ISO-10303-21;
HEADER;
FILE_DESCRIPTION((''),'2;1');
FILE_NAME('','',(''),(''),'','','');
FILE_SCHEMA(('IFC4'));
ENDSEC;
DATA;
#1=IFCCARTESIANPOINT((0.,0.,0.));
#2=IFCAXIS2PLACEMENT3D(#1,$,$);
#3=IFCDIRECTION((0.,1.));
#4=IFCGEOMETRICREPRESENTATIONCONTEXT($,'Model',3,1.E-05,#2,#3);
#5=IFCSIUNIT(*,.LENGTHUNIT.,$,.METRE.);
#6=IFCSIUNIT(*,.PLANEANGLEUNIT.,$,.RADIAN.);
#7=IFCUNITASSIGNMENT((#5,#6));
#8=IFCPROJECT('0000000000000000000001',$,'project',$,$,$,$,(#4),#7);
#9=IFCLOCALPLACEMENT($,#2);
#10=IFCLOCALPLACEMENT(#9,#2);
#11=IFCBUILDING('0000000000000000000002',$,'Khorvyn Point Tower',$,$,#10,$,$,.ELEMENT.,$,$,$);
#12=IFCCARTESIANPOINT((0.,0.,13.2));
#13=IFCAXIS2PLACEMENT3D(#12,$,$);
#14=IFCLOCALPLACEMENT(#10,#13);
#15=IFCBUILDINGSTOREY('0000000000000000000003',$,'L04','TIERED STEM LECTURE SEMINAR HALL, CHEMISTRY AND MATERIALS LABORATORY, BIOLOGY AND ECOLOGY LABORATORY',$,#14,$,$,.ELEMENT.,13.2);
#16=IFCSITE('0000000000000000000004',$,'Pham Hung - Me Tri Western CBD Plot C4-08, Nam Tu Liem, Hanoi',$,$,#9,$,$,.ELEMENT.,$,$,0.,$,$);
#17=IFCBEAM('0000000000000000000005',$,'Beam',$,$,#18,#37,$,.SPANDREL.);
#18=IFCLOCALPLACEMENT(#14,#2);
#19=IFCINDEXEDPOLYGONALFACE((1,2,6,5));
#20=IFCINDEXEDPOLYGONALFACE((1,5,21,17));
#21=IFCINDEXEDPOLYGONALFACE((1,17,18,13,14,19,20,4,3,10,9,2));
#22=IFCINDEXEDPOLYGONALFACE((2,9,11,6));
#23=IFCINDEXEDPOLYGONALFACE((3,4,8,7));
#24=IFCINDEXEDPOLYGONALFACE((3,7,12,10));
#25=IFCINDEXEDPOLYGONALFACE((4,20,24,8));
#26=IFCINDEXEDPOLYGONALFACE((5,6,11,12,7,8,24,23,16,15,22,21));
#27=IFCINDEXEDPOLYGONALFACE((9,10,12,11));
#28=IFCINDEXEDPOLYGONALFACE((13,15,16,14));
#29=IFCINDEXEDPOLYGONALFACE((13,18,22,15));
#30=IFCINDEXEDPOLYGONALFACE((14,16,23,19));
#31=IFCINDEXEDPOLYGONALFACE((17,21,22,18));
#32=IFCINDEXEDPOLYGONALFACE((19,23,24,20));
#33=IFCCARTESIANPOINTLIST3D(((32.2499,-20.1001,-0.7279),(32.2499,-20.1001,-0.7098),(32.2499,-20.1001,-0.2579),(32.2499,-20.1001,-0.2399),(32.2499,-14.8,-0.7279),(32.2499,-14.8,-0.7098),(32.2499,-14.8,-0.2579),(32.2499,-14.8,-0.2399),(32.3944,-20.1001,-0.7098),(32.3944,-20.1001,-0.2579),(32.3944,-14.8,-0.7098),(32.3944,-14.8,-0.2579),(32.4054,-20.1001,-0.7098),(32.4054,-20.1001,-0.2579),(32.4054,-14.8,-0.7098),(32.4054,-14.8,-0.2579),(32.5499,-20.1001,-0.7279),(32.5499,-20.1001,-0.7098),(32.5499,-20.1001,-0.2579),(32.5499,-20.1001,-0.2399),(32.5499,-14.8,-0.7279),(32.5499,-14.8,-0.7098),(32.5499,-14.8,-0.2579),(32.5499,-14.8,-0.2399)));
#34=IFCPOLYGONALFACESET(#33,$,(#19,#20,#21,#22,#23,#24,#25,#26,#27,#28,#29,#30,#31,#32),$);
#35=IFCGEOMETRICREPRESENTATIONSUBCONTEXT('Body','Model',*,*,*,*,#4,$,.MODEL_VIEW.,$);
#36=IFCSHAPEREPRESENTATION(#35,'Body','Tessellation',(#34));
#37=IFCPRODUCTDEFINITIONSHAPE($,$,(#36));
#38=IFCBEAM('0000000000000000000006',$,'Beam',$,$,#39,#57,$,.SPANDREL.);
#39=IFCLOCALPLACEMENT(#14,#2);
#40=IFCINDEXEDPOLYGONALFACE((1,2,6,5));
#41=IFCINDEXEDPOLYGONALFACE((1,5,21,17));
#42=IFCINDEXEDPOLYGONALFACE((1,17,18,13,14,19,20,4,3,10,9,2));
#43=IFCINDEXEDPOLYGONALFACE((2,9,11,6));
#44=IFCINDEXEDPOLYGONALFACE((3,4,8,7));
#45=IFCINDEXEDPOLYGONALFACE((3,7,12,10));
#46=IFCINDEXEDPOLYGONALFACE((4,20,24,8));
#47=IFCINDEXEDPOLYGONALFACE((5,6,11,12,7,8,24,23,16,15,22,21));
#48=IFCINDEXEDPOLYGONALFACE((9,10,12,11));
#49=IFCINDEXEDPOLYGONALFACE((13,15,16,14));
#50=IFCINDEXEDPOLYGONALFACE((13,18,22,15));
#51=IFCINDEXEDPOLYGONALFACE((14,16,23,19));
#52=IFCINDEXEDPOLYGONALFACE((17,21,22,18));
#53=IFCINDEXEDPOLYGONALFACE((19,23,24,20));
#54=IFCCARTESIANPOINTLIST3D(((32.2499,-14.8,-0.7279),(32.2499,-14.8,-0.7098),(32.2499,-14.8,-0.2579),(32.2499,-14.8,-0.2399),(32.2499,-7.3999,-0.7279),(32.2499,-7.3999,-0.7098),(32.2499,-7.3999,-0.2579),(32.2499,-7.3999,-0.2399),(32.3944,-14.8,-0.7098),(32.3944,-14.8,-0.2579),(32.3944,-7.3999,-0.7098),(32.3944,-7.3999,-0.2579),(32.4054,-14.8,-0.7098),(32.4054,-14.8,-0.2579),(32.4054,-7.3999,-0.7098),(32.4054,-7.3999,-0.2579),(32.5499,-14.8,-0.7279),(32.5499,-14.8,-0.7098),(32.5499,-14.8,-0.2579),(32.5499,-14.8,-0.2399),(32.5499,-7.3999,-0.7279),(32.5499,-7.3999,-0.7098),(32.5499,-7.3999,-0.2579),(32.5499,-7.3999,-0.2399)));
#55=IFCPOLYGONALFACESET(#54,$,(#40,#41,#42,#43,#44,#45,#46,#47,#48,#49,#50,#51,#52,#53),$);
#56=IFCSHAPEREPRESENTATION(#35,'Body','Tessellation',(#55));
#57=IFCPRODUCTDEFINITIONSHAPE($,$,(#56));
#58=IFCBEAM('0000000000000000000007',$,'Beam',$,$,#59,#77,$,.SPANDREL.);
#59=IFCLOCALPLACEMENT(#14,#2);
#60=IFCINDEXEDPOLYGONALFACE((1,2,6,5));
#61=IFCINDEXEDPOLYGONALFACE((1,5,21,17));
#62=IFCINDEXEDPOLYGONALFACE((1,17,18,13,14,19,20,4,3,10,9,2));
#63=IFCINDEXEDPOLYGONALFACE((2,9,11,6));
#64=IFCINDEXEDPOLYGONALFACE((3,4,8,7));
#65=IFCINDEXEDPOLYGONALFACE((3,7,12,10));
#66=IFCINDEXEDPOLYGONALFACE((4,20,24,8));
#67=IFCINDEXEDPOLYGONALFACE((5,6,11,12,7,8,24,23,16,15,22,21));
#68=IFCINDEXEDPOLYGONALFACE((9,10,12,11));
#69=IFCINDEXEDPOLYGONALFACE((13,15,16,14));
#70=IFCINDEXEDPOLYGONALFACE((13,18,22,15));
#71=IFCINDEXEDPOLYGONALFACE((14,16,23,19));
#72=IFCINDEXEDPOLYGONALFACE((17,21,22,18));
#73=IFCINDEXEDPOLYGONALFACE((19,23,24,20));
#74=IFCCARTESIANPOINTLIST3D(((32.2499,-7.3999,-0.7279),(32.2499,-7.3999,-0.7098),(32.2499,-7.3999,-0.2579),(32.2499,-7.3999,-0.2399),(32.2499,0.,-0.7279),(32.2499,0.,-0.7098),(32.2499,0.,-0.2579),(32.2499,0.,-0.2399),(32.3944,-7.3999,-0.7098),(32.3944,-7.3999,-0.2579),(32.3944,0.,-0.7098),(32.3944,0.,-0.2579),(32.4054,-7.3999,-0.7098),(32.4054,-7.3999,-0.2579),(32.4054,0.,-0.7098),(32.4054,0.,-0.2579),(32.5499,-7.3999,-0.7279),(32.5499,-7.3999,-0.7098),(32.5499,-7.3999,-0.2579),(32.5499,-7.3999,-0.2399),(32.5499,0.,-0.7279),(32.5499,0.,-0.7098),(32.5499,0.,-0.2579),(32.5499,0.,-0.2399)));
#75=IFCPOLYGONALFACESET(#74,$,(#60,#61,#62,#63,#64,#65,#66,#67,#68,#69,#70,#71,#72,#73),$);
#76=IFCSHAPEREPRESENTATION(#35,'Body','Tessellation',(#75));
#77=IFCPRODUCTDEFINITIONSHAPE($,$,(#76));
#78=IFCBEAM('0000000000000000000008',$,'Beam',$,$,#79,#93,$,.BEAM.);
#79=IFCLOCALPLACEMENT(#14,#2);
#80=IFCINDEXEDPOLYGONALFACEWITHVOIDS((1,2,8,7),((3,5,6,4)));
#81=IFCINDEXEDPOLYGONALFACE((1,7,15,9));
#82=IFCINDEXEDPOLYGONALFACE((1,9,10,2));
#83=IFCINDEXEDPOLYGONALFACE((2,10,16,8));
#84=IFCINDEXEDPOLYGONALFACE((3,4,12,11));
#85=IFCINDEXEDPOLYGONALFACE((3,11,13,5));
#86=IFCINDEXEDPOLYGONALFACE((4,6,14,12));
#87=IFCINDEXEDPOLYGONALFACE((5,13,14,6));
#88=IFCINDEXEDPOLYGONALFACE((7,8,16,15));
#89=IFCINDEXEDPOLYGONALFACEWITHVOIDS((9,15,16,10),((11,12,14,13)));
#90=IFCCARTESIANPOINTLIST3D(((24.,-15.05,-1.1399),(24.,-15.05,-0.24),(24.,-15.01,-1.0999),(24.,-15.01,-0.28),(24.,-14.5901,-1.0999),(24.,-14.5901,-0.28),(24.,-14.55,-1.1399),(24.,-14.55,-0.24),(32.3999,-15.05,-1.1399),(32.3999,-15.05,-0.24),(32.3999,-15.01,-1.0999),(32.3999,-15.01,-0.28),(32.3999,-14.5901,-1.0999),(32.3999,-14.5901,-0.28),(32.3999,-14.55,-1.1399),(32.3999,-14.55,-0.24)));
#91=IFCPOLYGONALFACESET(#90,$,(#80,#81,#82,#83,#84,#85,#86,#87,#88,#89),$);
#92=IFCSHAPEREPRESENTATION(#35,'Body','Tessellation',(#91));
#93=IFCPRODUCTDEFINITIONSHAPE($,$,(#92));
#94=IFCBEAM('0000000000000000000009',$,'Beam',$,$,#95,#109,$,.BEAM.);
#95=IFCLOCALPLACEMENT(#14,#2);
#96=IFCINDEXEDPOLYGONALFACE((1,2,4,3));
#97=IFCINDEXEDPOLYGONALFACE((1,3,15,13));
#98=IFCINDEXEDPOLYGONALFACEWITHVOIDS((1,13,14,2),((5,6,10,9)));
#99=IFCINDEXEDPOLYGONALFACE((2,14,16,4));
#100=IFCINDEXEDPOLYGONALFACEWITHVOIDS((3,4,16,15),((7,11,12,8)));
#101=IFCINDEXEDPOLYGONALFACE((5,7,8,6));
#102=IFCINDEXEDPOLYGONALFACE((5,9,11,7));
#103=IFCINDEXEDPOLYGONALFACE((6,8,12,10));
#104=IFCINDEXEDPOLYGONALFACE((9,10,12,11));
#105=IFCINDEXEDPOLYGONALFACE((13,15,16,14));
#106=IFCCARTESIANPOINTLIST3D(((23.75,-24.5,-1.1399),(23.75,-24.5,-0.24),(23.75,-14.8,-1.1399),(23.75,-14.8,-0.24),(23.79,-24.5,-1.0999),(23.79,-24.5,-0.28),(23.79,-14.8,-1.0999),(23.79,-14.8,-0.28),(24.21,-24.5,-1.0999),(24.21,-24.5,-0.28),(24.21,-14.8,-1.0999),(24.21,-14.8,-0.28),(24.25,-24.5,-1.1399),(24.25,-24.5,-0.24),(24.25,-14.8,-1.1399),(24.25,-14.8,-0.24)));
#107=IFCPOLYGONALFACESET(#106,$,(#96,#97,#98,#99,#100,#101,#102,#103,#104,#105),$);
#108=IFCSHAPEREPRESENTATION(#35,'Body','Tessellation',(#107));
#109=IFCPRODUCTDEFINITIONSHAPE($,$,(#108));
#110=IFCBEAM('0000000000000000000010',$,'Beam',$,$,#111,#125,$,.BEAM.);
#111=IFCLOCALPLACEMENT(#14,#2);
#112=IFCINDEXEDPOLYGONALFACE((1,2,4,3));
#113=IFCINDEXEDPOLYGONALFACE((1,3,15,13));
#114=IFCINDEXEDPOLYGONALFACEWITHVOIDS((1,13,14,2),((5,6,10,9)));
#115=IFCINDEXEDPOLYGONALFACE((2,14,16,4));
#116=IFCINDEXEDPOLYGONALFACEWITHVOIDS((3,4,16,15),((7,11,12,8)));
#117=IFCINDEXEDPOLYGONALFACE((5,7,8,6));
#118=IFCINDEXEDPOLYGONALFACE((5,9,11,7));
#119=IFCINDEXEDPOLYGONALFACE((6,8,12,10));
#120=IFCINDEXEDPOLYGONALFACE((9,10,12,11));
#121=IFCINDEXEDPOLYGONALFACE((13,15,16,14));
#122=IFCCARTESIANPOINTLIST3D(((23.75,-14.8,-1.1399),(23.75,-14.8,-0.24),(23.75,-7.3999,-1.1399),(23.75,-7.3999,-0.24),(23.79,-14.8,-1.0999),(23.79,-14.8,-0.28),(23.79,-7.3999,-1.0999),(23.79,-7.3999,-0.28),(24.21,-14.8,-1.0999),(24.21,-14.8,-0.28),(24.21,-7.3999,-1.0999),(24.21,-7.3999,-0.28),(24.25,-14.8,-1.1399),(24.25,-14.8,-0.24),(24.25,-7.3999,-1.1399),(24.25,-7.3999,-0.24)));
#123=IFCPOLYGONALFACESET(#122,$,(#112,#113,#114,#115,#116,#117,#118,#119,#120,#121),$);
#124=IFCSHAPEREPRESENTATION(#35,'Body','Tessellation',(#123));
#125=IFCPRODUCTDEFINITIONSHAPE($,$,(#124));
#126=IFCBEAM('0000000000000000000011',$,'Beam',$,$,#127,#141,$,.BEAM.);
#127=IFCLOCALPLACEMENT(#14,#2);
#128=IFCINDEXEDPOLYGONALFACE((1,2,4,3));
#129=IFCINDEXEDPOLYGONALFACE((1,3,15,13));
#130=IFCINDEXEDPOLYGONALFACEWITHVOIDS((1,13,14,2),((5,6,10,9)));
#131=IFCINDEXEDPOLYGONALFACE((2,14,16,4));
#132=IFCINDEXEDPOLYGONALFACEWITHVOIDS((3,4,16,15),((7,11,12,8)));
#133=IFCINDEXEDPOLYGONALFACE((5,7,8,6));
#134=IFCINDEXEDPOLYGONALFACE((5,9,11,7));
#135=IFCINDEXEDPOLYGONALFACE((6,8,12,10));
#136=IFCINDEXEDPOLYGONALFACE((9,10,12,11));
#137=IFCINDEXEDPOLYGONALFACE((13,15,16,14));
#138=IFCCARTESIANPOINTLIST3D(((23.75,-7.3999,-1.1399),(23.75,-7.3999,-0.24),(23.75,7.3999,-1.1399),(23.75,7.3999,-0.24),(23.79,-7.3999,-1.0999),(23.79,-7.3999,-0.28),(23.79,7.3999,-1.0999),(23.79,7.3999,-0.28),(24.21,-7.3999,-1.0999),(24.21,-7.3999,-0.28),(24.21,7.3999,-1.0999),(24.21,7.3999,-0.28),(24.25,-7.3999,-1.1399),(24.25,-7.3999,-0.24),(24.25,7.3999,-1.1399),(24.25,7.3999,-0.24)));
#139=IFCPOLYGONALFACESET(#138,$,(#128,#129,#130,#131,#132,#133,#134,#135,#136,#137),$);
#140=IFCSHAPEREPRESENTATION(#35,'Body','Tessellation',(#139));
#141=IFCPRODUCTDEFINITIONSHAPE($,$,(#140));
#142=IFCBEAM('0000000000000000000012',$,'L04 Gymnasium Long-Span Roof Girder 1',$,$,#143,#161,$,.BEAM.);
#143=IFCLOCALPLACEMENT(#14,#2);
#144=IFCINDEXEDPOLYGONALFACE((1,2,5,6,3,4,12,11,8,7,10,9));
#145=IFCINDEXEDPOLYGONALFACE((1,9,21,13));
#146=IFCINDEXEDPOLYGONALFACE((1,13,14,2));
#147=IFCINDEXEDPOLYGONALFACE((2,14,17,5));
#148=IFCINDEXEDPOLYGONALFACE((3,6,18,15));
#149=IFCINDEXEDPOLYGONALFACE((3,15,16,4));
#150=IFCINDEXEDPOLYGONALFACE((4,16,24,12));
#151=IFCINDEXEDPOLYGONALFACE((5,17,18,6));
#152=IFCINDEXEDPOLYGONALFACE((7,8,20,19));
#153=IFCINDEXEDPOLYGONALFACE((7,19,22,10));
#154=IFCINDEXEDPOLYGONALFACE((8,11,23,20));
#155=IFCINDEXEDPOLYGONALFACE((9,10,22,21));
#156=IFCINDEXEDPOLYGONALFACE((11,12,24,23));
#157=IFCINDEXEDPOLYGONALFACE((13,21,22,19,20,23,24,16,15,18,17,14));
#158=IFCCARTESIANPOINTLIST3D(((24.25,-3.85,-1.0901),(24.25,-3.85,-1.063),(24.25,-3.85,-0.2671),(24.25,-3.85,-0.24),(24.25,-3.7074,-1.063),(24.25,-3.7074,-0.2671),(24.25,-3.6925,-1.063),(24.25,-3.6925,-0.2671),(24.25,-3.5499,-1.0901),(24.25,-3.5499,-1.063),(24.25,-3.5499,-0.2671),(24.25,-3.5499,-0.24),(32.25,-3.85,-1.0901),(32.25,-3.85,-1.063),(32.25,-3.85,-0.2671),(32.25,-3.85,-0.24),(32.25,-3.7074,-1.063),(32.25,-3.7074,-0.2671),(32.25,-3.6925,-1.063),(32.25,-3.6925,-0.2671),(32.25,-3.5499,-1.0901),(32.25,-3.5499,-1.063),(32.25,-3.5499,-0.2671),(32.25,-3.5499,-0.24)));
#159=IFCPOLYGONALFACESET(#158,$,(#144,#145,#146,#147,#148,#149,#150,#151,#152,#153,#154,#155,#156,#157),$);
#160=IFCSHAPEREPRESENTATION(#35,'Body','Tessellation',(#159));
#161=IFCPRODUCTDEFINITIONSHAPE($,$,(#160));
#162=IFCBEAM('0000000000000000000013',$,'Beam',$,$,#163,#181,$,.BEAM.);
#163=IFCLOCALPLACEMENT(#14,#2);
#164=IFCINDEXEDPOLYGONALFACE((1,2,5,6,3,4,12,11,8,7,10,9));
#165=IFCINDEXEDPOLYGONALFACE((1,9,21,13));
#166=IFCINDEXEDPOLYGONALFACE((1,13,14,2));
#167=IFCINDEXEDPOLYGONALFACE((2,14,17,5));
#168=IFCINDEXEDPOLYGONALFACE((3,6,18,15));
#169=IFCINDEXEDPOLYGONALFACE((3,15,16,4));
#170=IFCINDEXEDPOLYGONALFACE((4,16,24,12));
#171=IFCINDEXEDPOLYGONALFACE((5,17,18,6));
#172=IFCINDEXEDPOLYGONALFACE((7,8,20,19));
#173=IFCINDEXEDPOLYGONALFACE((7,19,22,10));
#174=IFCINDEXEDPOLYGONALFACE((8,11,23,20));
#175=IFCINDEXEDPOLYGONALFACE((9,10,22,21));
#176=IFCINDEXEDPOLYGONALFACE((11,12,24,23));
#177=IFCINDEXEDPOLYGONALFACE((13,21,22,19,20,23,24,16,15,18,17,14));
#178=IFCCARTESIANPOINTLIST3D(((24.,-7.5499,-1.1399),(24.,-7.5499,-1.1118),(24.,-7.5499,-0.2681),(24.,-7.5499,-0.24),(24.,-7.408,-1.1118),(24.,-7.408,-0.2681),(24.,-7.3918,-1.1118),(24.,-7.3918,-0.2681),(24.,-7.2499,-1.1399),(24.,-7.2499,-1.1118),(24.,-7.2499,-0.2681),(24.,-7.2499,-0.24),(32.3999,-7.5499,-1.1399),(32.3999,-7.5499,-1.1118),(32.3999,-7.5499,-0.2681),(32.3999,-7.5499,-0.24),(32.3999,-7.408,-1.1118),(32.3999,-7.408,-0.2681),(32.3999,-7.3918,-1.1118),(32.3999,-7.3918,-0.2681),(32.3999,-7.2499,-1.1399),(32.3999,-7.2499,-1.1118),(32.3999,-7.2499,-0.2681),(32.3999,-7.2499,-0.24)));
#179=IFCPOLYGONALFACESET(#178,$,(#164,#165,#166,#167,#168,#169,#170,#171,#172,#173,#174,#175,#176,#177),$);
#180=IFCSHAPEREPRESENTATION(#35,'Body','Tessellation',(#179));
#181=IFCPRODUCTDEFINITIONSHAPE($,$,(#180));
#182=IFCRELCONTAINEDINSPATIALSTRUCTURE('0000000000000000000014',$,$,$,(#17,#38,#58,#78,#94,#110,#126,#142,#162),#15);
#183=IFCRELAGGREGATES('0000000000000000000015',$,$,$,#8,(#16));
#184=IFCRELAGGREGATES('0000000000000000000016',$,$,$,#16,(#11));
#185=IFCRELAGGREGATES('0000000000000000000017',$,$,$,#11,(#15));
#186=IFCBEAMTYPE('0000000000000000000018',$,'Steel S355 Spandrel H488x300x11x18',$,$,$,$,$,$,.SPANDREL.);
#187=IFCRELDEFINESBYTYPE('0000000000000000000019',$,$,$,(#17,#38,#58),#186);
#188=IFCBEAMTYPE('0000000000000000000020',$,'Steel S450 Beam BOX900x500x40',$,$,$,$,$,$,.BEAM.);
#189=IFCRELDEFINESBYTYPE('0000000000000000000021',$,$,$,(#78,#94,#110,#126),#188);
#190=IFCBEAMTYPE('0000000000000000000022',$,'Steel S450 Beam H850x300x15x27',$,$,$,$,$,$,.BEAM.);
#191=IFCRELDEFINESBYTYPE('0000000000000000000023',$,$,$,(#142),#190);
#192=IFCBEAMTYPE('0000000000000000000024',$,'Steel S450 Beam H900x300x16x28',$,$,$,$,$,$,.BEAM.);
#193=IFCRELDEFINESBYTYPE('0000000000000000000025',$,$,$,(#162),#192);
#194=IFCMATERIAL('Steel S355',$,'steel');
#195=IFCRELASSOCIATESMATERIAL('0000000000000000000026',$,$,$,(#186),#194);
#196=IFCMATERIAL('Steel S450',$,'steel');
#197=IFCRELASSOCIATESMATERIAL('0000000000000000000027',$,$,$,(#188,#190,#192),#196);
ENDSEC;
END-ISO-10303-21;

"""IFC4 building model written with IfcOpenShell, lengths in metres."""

from ifc_helpers import new_model, si_unit, direction, frame, origin, origin_2d, place, context, subcontext, project, spatial, hollow_rectangle, i_section, extrude, material, material_profile, profile_set, type_object, element, save


model = new_model("IFC4")

# Units and contexts
model_context = context("Model", 3, precision=1e-05, world=origin(), true_north=direction((0.0, 1.0)))
body_context = subcontext(model_context, "Body", "Model", "MODEL_VIEW")
ifc_project = project(units=[si_unit("LENGTHUNIT", "METRE"), si_unit("PLANEANGLEUNIT", "RADIAN")], contexts=[model_context])

# Site, building, storey
site_placement = place(None, origin())
site = spatial("IfcSite", under=ifc_project, at=site_placement, Name="Pham Hung - Me Tri Western CBD Plot C4-08, Nam Tu Liem, Hanoi", CompositionType="ELEMENT", RefElevation=0.0)
building_placement = place(site_placement, origin())
building = spatial("IfcBuilding", under=site, at=building_placement, Name="Khorvyn Point Tower", CompositionType="ELEMENT")
storey_placement = place(building_placement, frame((0.0, 0.0, 13.2)))
storey = spatial("IfcBuildingStorey", under=building, at=storey_placement, Name="L04", Description="TIERED STEM LECTURE SEMINAR HALL, CHEMISTRY AND MATERIALS LABORATORY, BIOLOGY AND ECOLOGY LABORATORY", CompositionType="ELEMENT", Elevation=13.2)

# Beams
ifc_material_1 = material(Name="Steel S355", Category="steel")
ifc_material_profile_1 = material_profile(ifc_material_1, i_section(OverallWidth=0.3, OverallDepth=0.488, WebThickness=0.011, FlangeThickness=0.0181, at=origin_2d()))
ifc_profile_set_1 = profile_set([ifc_material_profile_1], Name="Steel S355 H488x300x11x18")
beam_type_1 = type_object("IfcBeamType", Name="Steel S355 Spandrel H488x300x11x18", PredefinedType="SPANDREL", material=ifc_profile_set_1)
beam_1_placement = place(storey_placement, frame((32.3999, -20.1001, -0.4839), z_axis=(0.0, 1.0, 0.0), x_axis=(-1.0, 0.0, 0.0)))
element("IfcBeam", 1, at=beam_1_placement, inside=storey, type_object=beam_type_1, Name="Beam", PredefinedType="SPANDREL", context=body_context, shape_type="SweptSolid", body=[
    extrude(i_section(OverallWidth=0.3, OverallDepth=0.488, WebThickness=0.011, FlangeThickness=0.0181, at=origin_2d()), origin(), (0.0, 0.0, 1.0), 5.3),
])
beam_2_placement = place(storey_placement, frame((32.3999, -14.8, -0.4839), z_axis=(0.0, 1.0, 0.0), x_axis=(-1.0, 0.0, 0.0)))
element("IfcBeam", 2, at=beam_2_placement, inside=storey, type_object=beam_type_1, Name="Beam", PredefinedType="SPANDREL", context=body_context, shape_type="SweptSolid", body=[
    extrude(i_section(OverallWidth=0.3, OverallDepth=0.488, WebThickness=0.011, FlangeThickness=0.0181, at=origin_2d()), origin(), (0.0, 0.0, 1.0), 7.4001),
])
beam_3_placement = place(storey_placement, frame((32.3999, -7.3999, -0.4839), z_axis=(0.0, 1.0, 0.0), x_axis=(-1.0, 0.0, 0.0)))
element("IfcBeam", 3, at=beam_3_placement, inside=storey, type_object=beam_type_1, Name="Beam", PredefinedType="SPANDREL", context=body_context, shape_type="SweptSolid", body=[
    extrude(i_section(OverallWidth=0.3, OverallDepth=0.488, WebThickness=0.011, FlangeThickness=0.0181, at=origin_2d()), origin(), (0.0, 0.0, 1.0), 7.3999),
])
ifc_material_2 = material(Name="Steel S450", Category="steel")
ifc_material_profile_2 = material_profile(ifc_material_2, hollow_rectangle(XDim=0.5, YDim=0.8999, WallThickness=0.04, at=origin_2d()))
ifc_profile_set_2 = profile_set([ifc_material_profile_2], Name="Steel S450 BOX900x500x40")
beam_type_2 = type_object("IfcBeamType", Name="Steel S450 Beam BOX900x500x40", PredefinedType="BEAM", material=ifc_profile_set_2)
beam_4_placement = place(storey_placement, frame((24.0, -14.8, -0.6899), z_axis=(1.0, 0.0, 0.0), x_axis=(0.0, 1.0, 0.0)))
element("IfcBeam", 4, at=beam_4_placement, inside=storey, type_object=beam_type_2, Name="Beam", PredefinedType="BEAM", context=body_context, shape_type="SweptSolid", body=[
    extrude(hollow_rectangle(XDim=0.5, YDim=0.8999, WallThickness=0.04, at=origin_2d()), origin(), (0.0, 0.0, 1.0), 8.3999),
])
beam_5_placement = place(storey_placement, frame((24.0, -24.5, -0.6899), z_axis=(0.0, 1.0, 0.0), x_axis=(-1.0, 0.0, 0.0)))
element("IfcBeam", 5, at=beam_5_placement, inside=storey, type_object=beam_type_2, Name="Beam", PredefinedType="BEAM", context=body_context, shape_type="SweptSolid", body=[
    extrude(hollow_rectangle(XDim=0.5, YDim=0.8999, WallThickness=0.04, at=origin_2d()), origin(), (0.0, 0.0, 1.0), 9.7),
])
beam_6_placement = place(storey_placement, frame((24.0, -14.8, -0.6899), z_axis=(0.0, 1.0, 0.0), x_axis=(-1.0, 0.0, 0.0)))
element("IfcBeam", 6, at=beam_6_placement, inside=storey, type_object=beam_type_2, Name="Beam", PredefinedType="BEAM", context=body_context, shape_type="SweptSolid", body=[
    extrude(hollow_rectangle(XDim=0.5, YDim=0.8999, WallThickness=0.04, at=origin_2d()), origin(), (0.0, 0.0, 1.0), 7.4001),
])
beam_7_placement = place(storey_placement, frame((24.0, -7.3999, -0.6899), z_axis=(0.0, 1.0, 0.0), x_axis=(-1.0, 0.0, 0.0)))
element("IfcBeam", 7, at=beam_7_placement, inside=storey, type_object=beam_type_2, Name="Beam", PredefinedType="BEAM", context=body_context, shape_type="SweptSolid", body=[
    extrude(hollow_rectangle(XDim=0.5, YDim=0.8999, WallThickness=0.04, at=origin_2d()), origin(), (0.0, 0.0, 1.0), 14.7998),
])
ifc_material_profile_3 = material_profile(ifc_material_2, i_section(OverallWidth=0.3, OverallDepth=0.8501, WebThickness=0.0149, FlangeThickness=0.0271, at=origin_2d()))
ifc_profile_set_3 = profile_set([ifc_material_profile_3], Name="Steel S450 H850x300x15x27")
beam_type_3 = type_object("IfcBeamType", Name="Steel S450 Beam H850x300x15x27", PredefinedType="BEAM", material=ifc_profile_set_3)
beam_8_placement = place(storey_placement, frame((24.25, -3.7, -0.665), z_axis=(1.0, 0.0, 0.0), x_axis=(0.0, 1.0, 0.0)))
element("IfcBeam", 8, at=beam_8_placement, inside=storey, type_object=beam_type_3, Name="L04 Gymnasium Long-Span Roof Girder 1", PredefinedType="BEAM", context=body_context, shape_type="SweptSolid", body=[
    extrude(i_section(OverallWidth=0.3, OverallDepth=0.8501, WebThickness=0.0149, FlangeThickness=0.0271, at=origin_2d()), origin(), (0.0, 0.0, 1.0), 8.0),
])
ifc_material_profile_4 = material_profile(ifc_material_2, i_section(OverallWidth=0.3, OverallDepth=0.8999, WebThickness=0.0161, FlangeThickness=0.0281, at=origin_2d()))
ifc_profile_set_4 = profile_set([ifc_material_profile_4], Name="Steel S450 H900x300x16x28")
beam_type_4 = type_object("IfcBeamType", Name="Steel S450 Beam H900x300x16x28", PredefinedType="BEAM", material=ifc_profile_set_4)
beam_9_placement = place(storey_placement, frame((24.0, -7.3999, -0.6899), z_axis=(1.0, 0.0, 0.0), x_axis=(0.0, 1.0, 0.0)))
element("IfcBeam", 9, at=beam_9_placement, inside=storey, type_object=beam_type_4, Name="Beam", PredefinedType="BEAM", context=body_context, shape_type="SweptSolid", body=[
    extrude(i_section(OverallWidth=0.3, OverallDepth=0.8999, WebThickness=0.0161, FlangeThickness=0.0281, at=origin_2d()), origin(), (0.0, 0.0, 1.0), 8.3999),
])

save(model, "model.ifc")
